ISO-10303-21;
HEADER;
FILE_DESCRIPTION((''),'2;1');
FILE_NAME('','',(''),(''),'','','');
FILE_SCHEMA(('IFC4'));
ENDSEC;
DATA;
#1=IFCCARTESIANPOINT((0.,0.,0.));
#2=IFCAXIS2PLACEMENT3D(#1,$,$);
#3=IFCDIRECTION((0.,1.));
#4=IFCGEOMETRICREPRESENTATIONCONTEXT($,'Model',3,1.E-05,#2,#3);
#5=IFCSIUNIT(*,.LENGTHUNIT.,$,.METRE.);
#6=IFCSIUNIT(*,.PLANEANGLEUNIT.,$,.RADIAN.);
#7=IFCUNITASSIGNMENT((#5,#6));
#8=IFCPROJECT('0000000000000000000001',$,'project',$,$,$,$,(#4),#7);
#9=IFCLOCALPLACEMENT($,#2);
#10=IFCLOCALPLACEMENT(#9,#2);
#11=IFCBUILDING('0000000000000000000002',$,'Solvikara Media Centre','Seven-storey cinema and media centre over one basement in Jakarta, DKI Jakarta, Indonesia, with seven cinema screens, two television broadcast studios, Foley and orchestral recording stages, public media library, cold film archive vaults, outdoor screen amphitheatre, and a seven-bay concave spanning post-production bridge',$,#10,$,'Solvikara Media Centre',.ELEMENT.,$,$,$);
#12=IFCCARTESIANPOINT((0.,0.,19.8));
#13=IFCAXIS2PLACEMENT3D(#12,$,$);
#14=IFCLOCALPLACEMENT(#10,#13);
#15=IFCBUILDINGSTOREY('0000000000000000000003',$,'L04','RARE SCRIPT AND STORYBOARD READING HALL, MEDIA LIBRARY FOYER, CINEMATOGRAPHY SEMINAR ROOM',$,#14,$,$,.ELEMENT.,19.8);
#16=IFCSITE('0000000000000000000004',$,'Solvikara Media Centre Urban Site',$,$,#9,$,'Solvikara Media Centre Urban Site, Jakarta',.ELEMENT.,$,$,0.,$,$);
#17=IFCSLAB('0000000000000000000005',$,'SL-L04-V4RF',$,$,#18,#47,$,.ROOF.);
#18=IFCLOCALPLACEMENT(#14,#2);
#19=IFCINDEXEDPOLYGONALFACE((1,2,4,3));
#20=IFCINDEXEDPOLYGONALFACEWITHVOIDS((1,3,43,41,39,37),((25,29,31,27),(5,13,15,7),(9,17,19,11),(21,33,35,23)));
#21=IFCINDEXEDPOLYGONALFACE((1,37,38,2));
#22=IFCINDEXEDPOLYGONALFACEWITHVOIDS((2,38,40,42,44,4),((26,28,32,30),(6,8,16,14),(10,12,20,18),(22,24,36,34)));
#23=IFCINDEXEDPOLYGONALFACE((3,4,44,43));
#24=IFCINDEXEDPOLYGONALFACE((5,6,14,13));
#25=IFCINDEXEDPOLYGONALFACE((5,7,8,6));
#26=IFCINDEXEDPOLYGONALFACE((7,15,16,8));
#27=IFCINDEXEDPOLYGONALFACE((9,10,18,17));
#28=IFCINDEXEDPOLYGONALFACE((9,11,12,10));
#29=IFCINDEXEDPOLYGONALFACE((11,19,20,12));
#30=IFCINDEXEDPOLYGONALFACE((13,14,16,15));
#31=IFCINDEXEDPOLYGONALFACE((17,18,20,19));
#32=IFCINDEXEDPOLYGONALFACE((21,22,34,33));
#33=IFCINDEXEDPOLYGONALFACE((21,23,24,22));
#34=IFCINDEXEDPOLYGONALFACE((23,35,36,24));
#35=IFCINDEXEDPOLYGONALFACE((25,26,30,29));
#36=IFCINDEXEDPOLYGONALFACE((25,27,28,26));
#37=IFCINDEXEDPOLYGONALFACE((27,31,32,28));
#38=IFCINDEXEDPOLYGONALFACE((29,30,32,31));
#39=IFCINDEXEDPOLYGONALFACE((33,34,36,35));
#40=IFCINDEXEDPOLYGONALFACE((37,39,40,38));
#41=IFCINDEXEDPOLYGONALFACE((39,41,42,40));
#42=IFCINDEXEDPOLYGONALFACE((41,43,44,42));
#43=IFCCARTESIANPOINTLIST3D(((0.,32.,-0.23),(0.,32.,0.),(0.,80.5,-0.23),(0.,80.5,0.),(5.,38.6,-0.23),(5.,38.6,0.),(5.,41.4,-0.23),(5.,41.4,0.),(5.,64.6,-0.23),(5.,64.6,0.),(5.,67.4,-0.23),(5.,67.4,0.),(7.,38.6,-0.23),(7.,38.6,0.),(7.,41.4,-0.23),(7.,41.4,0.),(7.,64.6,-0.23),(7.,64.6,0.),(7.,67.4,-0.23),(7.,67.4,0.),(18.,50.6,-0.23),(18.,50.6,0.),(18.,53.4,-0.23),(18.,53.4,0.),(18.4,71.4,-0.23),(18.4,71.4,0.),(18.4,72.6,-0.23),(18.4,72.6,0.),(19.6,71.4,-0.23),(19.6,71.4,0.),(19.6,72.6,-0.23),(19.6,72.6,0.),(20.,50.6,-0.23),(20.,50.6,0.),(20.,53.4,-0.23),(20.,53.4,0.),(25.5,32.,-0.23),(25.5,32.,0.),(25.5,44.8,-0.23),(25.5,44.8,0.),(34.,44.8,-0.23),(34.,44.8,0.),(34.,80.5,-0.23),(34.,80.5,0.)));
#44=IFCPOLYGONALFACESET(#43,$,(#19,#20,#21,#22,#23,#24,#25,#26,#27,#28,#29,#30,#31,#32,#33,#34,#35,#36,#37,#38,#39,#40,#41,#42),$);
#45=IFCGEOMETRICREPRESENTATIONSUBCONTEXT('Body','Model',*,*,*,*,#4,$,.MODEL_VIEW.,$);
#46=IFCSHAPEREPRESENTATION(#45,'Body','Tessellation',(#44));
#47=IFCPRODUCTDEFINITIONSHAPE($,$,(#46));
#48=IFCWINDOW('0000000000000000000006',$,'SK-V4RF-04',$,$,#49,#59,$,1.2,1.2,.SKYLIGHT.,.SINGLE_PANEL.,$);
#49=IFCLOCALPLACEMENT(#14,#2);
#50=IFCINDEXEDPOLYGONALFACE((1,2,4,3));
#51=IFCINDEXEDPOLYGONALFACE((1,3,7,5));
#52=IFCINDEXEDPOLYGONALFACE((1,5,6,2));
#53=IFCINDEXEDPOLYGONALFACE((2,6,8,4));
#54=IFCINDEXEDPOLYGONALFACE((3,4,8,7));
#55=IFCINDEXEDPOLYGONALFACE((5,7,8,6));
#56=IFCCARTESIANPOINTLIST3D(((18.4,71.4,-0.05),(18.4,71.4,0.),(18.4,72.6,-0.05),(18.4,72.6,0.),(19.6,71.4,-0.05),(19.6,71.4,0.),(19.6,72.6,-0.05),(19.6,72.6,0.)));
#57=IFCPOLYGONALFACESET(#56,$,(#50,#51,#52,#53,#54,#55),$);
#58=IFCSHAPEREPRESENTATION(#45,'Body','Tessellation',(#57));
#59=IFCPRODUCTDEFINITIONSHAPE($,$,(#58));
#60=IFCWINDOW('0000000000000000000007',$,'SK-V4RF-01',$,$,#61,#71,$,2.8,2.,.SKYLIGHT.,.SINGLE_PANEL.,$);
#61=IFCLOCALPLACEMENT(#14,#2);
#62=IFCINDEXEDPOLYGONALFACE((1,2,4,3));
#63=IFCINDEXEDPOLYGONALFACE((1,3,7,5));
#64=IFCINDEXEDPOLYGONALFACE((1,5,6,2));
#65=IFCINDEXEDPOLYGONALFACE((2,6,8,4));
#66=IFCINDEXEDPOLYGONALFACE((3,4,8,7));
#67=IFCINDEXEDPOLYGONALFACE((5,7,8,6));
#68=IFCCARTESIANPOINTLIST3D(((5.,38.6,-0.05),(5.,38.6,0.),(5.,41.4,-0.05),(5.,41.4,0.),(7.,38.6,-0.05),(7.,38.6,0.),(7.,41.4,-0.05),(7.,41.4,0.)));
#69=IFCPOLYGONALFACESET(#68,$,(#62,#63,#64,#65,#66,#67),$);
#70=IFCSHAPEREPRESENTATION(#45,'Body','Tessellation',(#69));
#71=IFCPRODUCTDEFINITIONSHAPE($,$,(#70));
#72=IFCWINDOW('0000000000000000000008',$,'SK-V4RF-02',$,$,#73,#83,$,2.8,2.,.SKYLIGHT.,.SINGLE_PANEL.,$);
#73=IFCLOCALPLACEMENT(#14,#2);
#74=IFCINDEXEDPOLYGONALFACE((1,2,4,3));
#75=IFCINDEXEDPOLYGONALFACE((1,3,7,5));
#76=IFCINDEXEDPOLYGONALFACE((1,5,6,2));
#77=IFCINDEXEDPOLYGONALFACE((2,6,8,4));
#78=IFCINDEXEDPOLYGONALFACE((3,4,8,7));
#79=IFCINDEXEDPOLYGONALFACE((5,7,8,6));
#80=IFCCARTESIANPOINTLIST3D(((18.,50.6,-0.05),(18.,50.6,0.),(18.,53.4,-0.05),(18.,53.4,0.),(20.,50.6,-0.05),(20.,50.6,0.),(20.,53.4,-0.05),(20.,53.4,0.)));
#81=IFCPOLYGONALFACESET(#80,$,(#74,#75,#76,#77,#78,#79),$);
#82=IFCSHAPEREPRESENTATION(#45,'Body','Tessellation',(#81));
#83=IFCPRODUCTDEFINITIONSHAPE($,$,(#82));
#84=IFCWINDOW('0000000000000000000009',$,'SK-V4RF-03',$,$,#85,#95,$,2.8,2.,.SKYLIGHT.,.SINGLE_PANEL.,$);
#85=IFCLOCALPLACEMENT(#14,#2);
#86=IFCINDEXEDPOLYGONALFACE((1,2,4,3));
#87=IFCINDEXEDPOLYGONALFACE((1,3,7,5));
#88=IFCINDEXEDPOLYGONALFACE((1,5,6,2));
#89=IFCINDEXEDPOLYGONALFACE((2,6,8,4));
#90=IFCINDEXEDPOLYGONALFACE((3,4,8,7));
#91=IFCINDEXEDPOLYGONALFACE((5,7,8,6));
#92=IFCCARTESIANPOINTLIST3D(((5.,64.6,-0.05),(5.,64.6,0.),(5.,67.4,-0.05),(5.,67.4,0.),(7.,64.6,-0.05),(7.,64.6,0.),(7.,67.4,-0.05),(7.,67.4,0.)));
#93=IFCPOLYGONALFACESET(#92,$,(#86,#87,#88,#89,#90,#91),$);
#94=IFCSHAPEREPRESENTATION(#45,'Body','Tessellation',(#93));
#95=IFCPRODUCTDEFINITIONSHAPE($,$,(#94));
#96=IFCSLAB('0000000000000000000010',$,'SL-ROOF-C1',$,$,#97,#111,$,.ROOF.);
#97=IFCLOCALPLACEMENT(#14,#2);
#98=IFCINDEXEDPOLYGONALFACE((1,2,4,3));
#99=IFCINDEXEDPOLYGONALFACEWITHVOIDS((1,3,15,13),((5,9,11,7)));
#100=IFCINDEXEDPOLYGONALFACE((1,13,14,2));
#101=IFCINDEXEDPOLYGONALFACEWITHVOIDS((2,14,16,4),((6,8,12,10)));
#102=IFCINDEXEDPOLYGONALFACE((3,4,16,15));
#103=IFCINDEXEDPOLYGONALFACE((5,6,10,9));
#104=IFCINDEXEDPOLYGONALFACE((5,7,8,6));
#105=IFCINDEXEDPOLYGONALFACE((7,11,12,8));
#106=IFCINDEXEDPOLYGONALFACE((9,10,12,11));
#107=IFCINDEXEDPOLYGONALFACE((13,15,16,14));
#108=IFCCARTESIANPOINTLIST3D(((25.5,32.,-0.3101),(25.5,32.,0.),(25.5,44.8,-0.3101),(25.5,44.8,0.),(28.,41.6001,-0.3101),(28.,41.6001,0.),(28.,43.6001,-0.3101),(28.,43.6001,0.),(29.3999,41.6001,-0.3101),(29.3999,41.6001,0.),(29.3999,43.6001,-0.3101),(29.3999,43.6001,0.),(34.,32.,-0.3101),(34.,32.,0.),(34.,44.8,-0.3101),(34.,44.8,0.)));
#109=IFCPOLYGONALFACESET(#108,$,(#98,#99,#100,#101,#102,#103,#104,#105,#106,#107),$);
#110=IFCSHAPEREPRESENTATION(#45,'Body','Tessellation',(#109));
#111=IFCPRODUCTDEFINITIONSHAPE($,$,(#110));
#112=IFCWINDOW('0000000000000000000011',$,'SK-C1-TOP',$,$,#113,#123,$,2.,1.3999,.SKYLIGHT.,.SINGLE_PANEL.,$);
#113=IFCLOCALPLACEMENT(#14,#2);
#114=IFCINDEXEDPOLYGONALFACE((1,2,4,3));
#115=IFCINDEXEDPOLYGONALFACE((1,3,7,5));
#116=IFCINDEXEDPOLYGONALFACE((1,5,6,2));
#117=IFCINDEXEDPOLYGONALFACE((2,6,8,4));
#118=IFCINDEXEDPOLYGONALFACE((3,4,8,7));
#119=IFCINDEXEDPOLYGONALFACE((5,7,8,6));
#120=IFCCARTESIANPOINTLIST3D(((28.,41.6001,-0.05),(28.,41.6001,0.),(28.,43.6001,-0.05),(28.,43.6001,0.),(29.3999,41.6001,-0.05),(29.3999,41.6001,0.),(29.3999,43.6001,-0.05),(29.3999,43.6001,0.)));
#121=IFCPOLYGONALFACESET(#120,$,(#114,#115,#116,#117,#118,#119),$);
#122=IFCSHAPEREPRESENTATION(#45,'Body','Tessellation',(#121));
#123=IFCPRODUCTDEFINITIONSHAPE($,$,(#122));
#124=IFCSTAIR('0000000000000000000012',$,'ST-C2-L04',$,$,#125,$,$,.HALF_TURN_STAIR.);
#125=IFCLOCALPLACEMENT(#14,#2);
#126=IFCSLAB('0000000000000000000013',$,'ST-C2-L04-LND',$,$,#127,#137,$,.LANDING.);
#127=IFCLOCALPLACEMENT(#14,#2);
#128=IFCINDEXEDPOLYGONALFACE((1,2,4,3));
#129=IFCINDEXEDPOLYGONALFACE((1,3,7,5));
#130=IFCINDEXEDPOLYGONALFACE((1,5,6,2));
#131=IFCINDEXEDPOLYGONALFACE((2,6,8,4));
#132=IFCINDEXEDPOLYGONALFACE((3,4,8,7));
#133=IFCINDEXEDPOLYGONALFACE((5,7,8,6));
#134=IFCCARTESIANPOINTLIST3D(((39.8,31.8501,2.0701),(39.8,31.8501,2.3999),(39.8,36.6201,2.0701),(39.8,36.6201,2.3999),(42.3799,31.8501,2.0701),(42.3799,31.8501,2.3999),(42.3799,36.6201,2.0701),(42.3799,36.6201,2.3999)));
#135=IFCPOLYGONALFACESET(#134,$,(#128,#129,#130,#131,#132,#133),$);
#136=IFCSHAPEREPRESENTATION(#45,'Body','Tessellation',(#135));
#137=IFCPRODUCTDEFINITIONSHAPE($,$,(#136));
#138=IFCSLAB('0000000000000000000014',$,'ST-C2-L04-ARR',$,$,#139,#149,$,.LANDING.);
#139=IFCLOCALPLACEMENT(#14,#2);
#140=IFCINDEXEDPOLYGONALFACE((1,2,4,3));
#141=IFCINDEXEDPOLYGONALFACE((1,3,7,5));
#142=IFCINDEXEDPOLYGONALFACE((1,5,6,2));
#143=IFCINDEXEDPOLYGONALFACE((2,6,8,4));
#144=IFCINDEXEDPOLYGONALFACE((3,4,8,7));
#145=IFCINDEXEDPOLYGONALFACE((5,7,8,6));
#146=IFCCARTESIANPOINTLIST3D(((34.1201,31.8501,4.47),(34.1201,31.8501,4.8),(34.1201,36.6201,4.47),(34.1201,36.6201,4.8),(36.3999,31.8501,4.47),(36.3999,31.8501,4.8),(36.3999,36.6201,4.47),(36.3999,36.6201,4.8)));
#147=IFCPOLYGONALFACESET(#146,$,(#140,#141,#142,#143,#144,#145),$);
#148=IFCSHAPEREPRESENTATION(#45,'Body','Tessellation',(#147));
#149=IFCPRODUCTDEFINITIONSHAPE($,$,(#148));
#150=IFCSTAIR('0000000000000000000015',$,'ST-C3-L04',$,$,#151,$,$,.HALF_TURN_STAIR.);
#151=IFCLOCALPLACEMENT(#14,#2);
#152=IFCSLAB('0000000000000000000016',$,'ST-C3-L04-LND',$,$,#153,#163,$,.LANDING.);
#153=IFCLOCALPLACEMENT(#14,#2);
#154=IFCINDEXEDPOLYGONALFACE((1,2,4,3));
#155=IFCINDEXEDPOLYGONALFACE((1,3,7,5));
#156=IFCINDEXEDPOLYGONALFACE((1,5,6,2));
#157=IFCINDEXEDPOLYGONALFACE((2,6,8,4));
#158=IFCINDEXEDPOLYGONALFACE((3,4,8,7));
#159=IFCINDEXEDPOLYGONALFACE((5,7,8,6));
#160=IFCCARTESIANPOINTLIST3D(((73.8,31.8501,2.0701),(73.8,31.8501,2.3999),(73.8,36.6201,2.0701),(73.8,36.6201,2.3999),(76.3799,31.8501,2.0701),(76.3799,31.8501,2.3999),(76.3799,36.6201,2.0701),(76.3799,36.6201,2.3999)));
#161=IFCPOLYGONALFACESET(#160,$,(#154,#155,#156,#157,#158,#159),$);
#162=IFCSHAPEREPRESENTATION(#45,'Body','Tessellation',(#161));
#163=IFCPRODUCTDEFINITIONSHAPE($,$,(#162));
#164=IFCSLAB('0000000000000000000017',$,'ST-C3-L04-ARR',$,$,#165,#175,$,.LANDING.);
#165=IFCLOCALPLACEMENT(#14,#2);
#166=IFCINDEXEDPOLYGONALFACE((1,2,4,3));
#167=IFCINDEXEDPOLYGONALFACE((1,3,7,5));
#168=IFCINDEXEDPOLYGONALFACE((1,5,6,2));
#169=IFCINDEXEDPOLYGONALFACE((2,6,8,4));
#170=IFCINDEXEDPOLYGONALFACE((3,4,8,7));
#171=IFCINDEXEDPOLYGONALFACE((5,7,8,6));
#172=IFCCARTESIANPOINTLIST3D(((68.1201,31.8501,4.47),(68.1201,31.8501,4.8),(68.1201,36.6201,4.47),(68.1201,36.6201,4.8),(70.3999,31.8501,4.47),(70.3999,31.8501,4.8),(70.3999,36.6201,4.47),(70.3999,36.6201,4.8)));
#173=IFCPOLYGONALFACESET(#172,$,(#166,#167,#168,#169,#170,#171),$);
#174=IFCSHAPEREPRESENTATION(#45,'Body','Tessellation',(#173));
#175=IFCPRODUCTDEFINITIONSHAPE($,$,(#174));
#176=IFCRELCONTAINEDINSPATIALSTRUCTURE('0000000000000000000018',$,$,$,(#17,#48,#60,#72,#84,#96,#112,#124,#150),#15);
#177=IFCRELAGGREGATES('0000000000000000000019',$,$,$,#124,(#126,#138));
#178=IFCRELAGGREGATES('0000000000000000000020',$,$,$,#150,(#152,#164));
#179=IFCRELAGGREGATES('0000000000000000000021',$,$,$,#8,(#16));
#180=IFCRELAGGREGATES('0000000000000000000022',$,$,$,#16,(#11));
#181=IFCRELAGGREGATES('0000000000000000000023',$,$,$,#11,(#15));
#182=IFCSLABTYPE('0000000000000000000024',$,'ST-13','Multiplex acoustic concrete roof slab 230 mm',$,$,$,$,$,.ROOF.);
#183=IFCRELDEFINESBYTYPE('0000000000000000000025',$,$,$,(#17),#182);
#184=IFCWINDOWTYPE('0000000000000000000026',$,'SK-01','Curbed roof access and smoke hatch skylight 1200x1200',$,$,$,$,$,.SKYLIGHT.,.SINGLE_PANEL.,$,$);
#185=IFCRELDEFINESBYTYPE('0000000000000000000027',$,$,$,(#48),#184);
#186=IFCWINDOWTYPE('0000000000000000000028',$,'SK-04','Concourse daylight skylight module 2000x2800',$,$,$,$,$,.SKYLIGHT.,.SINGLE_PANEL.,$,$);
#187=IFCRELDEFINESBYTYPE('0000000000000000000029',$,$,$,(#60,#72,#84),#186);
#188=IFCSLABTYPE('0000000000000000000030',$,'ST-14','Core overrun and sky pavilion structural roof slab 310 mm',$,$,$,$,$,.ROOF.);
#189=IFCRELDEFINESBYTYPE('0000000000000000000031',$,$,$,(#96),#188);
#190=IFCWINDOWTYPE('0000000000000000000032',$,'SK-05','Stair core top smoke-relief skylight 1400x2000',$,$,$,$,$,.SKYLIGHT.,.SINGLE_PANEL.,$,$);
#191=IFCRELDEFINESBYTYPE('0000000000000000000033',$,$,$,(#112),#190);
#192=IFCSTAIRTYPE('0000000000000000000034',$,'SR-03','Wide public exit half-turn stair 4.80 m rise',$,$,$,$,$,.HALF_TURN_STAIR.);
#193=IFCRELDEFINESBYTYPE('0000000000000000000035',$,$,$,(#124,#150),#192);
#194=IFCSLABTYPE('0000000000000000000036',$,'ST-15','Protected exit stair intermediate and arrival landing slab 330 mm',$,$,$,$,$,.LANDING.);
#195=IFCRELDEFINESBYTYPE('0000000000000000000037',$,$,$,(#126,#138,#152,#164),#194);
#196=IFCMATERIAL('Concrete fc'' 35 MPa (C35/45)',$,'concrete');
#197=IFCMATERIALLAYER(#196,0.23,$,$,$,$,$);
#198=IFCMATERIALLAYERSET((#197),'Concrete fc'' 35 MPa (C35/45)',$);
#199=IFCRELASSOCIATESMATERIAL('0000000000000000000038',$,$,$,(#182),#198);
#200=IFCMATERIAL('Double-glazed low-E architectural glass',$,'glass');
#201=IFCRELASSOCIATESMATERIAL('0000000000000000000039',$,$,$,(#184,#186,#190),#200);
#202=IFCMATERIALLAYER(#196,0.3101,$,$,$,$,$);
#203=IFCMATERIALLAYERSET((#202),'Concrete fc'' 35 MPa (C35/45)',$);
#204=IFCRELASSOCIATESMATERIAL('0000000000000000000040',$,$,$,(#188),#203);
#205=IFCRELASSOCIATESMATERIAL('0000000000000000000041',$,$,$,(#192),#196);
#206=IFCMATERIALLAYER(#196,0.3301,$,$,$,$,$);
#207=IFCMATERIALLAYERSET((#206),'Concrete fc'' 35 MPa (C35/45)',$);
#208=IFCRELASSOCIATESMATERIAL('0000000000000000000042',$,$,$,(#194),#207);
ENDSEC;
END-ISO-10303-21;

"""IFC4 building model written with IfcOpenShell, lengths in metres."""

from ifc_helpers import new_model, si_unit, direction, frame, origin, origin_2d, place, context, subcontext, project, spatial, polyline, rectangle, outline, extrude, material, layer, layer_set, type_object, element, fill, aggregate, save


model = new_model("IFC4")

# Units and contexts
model_context = context("Model", 3, precision=1e-05, world=origin(), true_north=direction((0.0, 1.0)))
body_context = subcontext(model_context, "Body", "Model", "MODEL_VIEW")
ifc_project = project(units=[si_unit("LENGTHUNIT", "METRE"), si_unit("PLANEANGLEUNIT", "RADIAN")], contexts=[model_context])

# Site, building, storey
site_placement = place(None, origin())
site = spatial("IfcSite", under=ifc_project, at=site_placement, Name="Solvikara Media Centre Urban Site", LongName="Solvikara Media Centre Urban Site, Jakarta", CompositionType="ELEMENT", RefElevation=0.0)
building_placement = place(site_placement, origin())
building = spatial("IfcBuilding", under=site, at=building_placement, Name="Solvikara Media Centre", Description="Seven-storey cinema and media centre over one basement in Jakarta, DKI Jakarta, Indonesia, with seven cinema screens, two television broadcast studios, Foley and orchestral recording stages, public media library, cold film archive vaults, outdoor screen amphitheatre, and a seven-bay concave spanning post-production bridge", LongName="Solvikara Media Centre", CompositionType="ELEMENT")
storey_placement = place(building_placement, frame((0.0, 0.0, 19.8)))
storey = spatial("IfcBuildingStorey", under=building, at=storey_placement, Name="L04", Description="RARE SCRIPT AND STORYBOARD READING HALL, MEDIA LIBRARY FOYER, CINEMATOGRAPHY SEMINAR ROOM", CompositionType="ELEMENT", Elevation=19.8)

# Shared definitions
ifc_material_1 = material(Name="Concrete fc' 35 MPa (C35/45)", Category="concrete")

# Slab, openings, windows
ifc_layer_1 = layer(ifc_material_1, 0.23)
ifc_layer_set_1 = layer_set([ifc_layer_1], Name="Concrete fc' 35 MPa (C35/45)")
slab_type_1 = type_object("IfcSlabType", Name="ST-13", Description="Multiplex acoustic concrete roof slab 230 mm", PredefinedType="ROOF", material=ifc_layer_set_1)
slab_1_placement = place(storey_placement, frame((0.0, 0.0, -0.23)))
slab_1 = element("IfcSlab", 1, at=slab_1_placement, inside=storey, type_object=slab_type_1, Name="SL-L04-V4RF", PredefinedType="ROOF", context=body_context, shape_type="SweptSolid", body=[
    extrude(outline(polyline([(0.0, 32.0), (25.5, 32.0), (25.5, 44.8), (34.0, 44.8), (34.0, 80.5), (0.0, 80.5), (0.0, 32.0)])), origin(), (0.0, 0.0, 1.0), 0.23),
])
opening_1_placement = place(slab_1_placement, frame((6.0, 40.0, -0.012)))
opening_1 = element("IfcOpeningElement", 2, at=opening_1_placement, cuts=slab_1, PredefinedType="OPENING", context=body_context, shape_type="SweptSolid", body=[
    extrude(rectangle(XDim=2.0, YDim=2.8, at=origin_2d()), origin(), (0.0, 0.0, 1.0), 0.2539),
])
opening_2_placement = place(slab_1_placement, frame((19.0, 52.0, -0.012)))
opening_2 = element("IfcOpeningElement", 3, at=opening_2_placement, cuts=slab_1, PredefinedType="OPENING", context=body_context, shape_type="SweptSolid", body=[
    extrude(rectangle(XDim=2.0, YDim=2.8, at=origin_2d()), origin(), (0.0, 0.0, 1.0), 0.2539),
])
opening_3_placement = place(slab_1_placement, frame((6.0, 66.0, -0.012)))
opening_3 = element("IfcOpeningElement", 4, at=opening_3_placement, cuts=slab_1, PredefinedType="OPENING", context=body_context, shape_type="SweptSolid", body=[
    extrude(rectangle(XDim=2.0, YDim=2.8, at=origin_2d()), origin(), (0.0, 0.0, 1.0), 0.2539),
])
opening_4_placement = place(slab_1_placement, frame((19.0, 72.0, -0.012)))
opening_4 = element("IfcOpeningElement", 5, at=opening_4_placement, cuts=slab_1, PredefinedType="OPENING", context=body_context, shape_type="SweptSolid", body=[
    extrude(rectangle(XDim=1.2, YDim=1.2, at=origin_2d()), origin(), (0.0, 0.0, 1.0), 0.2539),
])
ifc_material_2 = material(Name="Double-glazed low-E architectural glass", Category="glass")
window_type_1 = type_object("IfcWindowType", Name="SK-01", Description="Curbed roof access and smoke hatch skylight 1200x1200", PartitioningType="SINGLE_PANEL", PredefinedType="SKYLIGHT", material=ifc_material_2)
window_1_placement = place(opening_4_placement, frame((0.0, 0.0, 0.1919)))
window_1 = element("IfcWindow", 6, at=window_1_placement, inside=storey, type_object=window_type_1, Name="SK-V4RF-04", OverallHeight=1.2, OverallWidth=1.2, PartitioningType="SINGLE_PANEL", PredefinedType="SKYLIGHT", context=body_context, shape_type="SweptSolid", body=[
    extrude(rectangle(XDim=1.2, YDim=1.2, at=origin_2d()), origin(), (0.0, 0.0, 1.0), 0.05),
])
fill(opening_4, window_1)
window_type_2 = type_object("IfcWindowType", Name="SK-04", Description="Concourse daylight skylight module 2000x2800", PartitioningType="SINGLE_PANEL", PredefinedType="SKYLIGHT", material=ifc_material_2)
window_2_placement = place(opening_1_placement, frame((0.0, 0.0, 0.1919)))
window_2 = element("IfcWindow", 7, at=window_2_placement, inside=storey, type_object=window_type_2, Name="SK-V4RF-01", OverallHeight=2.8, OverallWidth=2.0, PartitioningType="SINGLE_PANEL", PredefinedType="SKYLIGHT", context=body_context, shape_type="SweptSolid", body=[
    extrude(rectangle(XDim=2.0, YDim=2.8, at=origin_2d()), origin(), (0.0, 0.0, 1.0), 0.05),
])
fill(opening_1, window_2)
window_3_placement = place(opening_2_placement, frame((0.0, 0.0, 0.1919)))
window_3 = element("IfcWindow", 8, at=window_3_placement, inside=storey, type_object=window_type_2, Name="SK-V4RF-02", OverallHeight=2.8, OverallWidth=2.0, PartitioningType="SINGLE_PANEL", PredefinedType="SKYLIGHT", context=body_context, shape_type="SweptSolid", body=[
    extrude(rectangle(XDim=2.0, YDim=2.8, at=origin_2d()), origin(), (0.0, 0.0, 1.0), 0.05),
])
fill(opening_2, window_3)
window_4_placement = place(opening_3_placement, frame((0.0, 0.0, 0.1919)))
window_4 = element("IfcWindow", 9, at=window_4_placement, inside=storey, type_object=window_type_2, Name="SK-V4RF-03", OverallHeight=2.8, OverallWidth=2.0, PartitioningType="SINGLE_PANEL", PredefinedType="SKYLIGHT", context=body_context, shape_type="SweptSolid", body=[
    extrude(rectangle(XDim=2.0, YDim=2.8, at=origin_2d()), origin(), (0.0, 0.0, 1.0), 0.05),
])
fill(opening_3, window_4)

# Slab, opening, window
ifc_layer_2 = layer(ifc_material_1, 0.3101)
ifc_layer_set_2 = layer_set([ifc_layer_2], Name="Concrete fc' 35 MPa (C35/45)")
slab_type_2 = type_object("IfcSlabType", Name="ST-14", Description="Core overrun and sky pavilion structural roof slab 310 mm", PredefinedType="ROOF", material=ifc_layer_set_2)
slab_2_placement = place(storey_placement, frame((0.0, 0.0, -0.3101)))
slab_2 = element("IfcSlab", 10, at=slab_2_placement, inside=storey, type_object=slab_type_2, Name="SL-ROOF-C1", PredefinedType="ROOF", context=body_context, shape_type="SweptSolid", body=[
    extrude(outline(polyline([(25.5, 32.0), (34.0, 32.0), (34.0, 44.8), (25.5, 44.8), (25.5, 32.0)])), origin(), (0.0, 0.0, 1.0), 0.3101),
])
opening_5_placement = place(slab_2_placement, frame((28.7, 42.6001, -0.012)))
opening_5 = element("IfcOpeningElement", 11, at=opening_5_placement, cuts=slab_2, PredefinedType="OPENING", context=body_context, shape_type="SweptSolid", body=[
    extrude(rectangle(XDim=1.3999, YDim=2.0, at=origin_2d()), origin(), (0.0, 0.0, 1.0), 0.334),
])
window_type_3 = type_object("IfcWindowType", Name="SK-05", Description="Stair core top smoke-relief skylight 1400x2000", PartitioningType="SINGLE_PANEL", PredefinedType="SKYLIGHT", material=ifc_material_2)
window_5_placement = place(opening_5_placement, frame((0.0, 0.0, 0.272)))
window_5 = element("IfcWindow", 12, at=window_5_placement, inside=storey, type_object=window_type_3, Name="SK-C1-TOP", OverallHeight=2.0, OverallWidth=1.3999, PartitioningType="SINGLE_PANEL", PredefinedType="SKYLIGHT", context=body_context, shape_type="SweptSolid", body=[
    extrude(rectangle(XDim=1.3999, YDim=2.0, at=origin_2d()), origin(), (0.0, 0.0, 1.0), 0.05),
])
fill(opening_5, window_5)

# Stairs, slabs
stair_type_1 = type_object("IfcStairType", Name="SR-03", Description="Wide public exit half-turn stair 4.80 m rise", PredefinedType="HALF_TURN_STAIR", material=ifc_material_1)
stair_1_placement = place(storey_placement, origin())
stair_1 = element("IfcStair", 13, at=stair_1_placement, inside=storey, type_object=stair_type_1, Name="ST-C2-L04", PredefinedType="HALF_TURN_STAIR")
ifc_layer_3 = layer(ifc_material_1, 0.3301)
ifc_layer_set_3 = layer_set([ifc_layer_3], Name="Concrete fc' 35 MPa (C35/45)")
slab_type_3 = type_object("IfcSlabType", Name="ST-15", Description="Protected exit stair intermediate and arrival landing slab 330 mm", PredefinedType="LANDING", material=ifc_layer_set_3)
slab_3_placement = place(storey_placement, frame((0.0, 0.0, 2.0701)))
slab_3 = element("IfcSlab", 14, at=slab_3_placement, type_object=slab_type_3, Name="ST-C2-L04-LND", PredefinedType="LANDING", context=body_context, shape_type="SweptSolid", body=[
    extrude(outline(polyline([(39.8, 31.8501), (42.3799, 31.8501), (42.3799, 36.6201), (39.8, 36.6201), (39.8, 31.8501)])), origin(), (0.0, 0.0, 1.0), 0.3298),
])
slab_4_placement = place(storey_placement, frame((0.0, 0.0, 4.47)))
slab_4 = element("IfcSlab", 15, at=slab_4_placement, type_object=slab_type_3, Name="ST-C2-L04-ARR", PredefinedType="LANDING", context=body_context, shape_type="SweptSolid", body=[
    extrude(outline(polyline([(34.1201, 31.8501), (36.3999, 31.8501), (36.3999, 36.6201), (34.1201, 36.6201), (34.1201, 31.8501)])), origin(), (0.0, 0.0, 1.0), 0.3301),
])
aggregate(stair_1, [slab_3, slab_4])
stair_2_placement = place(storey_placement, origin())
stair_2 = element("IfcStair", 16, at=stair_2_placement, inside=storey, type_object=stair_type_1, Name="ST-C3-L04", PredefinedType="HALF_TURN_STAIR")
slab_5_placement = place(storey_placement, frame((0.0, 0.0, 2.0701)))
slab_5 = element("IfcSlab", 17, at=slab_5_placement, type_object=slab_type_3, Name="ST-C3-L04-LND", PredefinedType="LANDING", context=body_context, shape_type="SweptSolid", body=[
    extrude(outline(polyline([(73.8, 31.8501), (76.3799, 31.8501), (76.3799, 36.6201), (73.8, 36.6201), (73.8, 31.8501)])), origin(), (0.0, 0.0, 1.0), 0.3298),
])
slab_6_placement = place(storey_placement, frame((0.0, 0.0, 4.47)))
slab_6 = element("IfcSlab", 18, at=slab_6_placement, type_object=slab_type_3, Name="ST-C3-L04-ARR", PredefinedType="LANDING", context=body_context, shape_type="SweptSolid", body=[
    extrude(outline(polyline([(68.1201, 31.8501), (70.3999, 31.8501), (70.3999, 36.6201), (68.1201, 36.6201), (68.1201, 31.8501)])), origin(), (0.0, 0.0, 1.0), 0.3301),
])
aggregate(stair_2, [slab_5, slab_6])

save(model, "model.ifc")
